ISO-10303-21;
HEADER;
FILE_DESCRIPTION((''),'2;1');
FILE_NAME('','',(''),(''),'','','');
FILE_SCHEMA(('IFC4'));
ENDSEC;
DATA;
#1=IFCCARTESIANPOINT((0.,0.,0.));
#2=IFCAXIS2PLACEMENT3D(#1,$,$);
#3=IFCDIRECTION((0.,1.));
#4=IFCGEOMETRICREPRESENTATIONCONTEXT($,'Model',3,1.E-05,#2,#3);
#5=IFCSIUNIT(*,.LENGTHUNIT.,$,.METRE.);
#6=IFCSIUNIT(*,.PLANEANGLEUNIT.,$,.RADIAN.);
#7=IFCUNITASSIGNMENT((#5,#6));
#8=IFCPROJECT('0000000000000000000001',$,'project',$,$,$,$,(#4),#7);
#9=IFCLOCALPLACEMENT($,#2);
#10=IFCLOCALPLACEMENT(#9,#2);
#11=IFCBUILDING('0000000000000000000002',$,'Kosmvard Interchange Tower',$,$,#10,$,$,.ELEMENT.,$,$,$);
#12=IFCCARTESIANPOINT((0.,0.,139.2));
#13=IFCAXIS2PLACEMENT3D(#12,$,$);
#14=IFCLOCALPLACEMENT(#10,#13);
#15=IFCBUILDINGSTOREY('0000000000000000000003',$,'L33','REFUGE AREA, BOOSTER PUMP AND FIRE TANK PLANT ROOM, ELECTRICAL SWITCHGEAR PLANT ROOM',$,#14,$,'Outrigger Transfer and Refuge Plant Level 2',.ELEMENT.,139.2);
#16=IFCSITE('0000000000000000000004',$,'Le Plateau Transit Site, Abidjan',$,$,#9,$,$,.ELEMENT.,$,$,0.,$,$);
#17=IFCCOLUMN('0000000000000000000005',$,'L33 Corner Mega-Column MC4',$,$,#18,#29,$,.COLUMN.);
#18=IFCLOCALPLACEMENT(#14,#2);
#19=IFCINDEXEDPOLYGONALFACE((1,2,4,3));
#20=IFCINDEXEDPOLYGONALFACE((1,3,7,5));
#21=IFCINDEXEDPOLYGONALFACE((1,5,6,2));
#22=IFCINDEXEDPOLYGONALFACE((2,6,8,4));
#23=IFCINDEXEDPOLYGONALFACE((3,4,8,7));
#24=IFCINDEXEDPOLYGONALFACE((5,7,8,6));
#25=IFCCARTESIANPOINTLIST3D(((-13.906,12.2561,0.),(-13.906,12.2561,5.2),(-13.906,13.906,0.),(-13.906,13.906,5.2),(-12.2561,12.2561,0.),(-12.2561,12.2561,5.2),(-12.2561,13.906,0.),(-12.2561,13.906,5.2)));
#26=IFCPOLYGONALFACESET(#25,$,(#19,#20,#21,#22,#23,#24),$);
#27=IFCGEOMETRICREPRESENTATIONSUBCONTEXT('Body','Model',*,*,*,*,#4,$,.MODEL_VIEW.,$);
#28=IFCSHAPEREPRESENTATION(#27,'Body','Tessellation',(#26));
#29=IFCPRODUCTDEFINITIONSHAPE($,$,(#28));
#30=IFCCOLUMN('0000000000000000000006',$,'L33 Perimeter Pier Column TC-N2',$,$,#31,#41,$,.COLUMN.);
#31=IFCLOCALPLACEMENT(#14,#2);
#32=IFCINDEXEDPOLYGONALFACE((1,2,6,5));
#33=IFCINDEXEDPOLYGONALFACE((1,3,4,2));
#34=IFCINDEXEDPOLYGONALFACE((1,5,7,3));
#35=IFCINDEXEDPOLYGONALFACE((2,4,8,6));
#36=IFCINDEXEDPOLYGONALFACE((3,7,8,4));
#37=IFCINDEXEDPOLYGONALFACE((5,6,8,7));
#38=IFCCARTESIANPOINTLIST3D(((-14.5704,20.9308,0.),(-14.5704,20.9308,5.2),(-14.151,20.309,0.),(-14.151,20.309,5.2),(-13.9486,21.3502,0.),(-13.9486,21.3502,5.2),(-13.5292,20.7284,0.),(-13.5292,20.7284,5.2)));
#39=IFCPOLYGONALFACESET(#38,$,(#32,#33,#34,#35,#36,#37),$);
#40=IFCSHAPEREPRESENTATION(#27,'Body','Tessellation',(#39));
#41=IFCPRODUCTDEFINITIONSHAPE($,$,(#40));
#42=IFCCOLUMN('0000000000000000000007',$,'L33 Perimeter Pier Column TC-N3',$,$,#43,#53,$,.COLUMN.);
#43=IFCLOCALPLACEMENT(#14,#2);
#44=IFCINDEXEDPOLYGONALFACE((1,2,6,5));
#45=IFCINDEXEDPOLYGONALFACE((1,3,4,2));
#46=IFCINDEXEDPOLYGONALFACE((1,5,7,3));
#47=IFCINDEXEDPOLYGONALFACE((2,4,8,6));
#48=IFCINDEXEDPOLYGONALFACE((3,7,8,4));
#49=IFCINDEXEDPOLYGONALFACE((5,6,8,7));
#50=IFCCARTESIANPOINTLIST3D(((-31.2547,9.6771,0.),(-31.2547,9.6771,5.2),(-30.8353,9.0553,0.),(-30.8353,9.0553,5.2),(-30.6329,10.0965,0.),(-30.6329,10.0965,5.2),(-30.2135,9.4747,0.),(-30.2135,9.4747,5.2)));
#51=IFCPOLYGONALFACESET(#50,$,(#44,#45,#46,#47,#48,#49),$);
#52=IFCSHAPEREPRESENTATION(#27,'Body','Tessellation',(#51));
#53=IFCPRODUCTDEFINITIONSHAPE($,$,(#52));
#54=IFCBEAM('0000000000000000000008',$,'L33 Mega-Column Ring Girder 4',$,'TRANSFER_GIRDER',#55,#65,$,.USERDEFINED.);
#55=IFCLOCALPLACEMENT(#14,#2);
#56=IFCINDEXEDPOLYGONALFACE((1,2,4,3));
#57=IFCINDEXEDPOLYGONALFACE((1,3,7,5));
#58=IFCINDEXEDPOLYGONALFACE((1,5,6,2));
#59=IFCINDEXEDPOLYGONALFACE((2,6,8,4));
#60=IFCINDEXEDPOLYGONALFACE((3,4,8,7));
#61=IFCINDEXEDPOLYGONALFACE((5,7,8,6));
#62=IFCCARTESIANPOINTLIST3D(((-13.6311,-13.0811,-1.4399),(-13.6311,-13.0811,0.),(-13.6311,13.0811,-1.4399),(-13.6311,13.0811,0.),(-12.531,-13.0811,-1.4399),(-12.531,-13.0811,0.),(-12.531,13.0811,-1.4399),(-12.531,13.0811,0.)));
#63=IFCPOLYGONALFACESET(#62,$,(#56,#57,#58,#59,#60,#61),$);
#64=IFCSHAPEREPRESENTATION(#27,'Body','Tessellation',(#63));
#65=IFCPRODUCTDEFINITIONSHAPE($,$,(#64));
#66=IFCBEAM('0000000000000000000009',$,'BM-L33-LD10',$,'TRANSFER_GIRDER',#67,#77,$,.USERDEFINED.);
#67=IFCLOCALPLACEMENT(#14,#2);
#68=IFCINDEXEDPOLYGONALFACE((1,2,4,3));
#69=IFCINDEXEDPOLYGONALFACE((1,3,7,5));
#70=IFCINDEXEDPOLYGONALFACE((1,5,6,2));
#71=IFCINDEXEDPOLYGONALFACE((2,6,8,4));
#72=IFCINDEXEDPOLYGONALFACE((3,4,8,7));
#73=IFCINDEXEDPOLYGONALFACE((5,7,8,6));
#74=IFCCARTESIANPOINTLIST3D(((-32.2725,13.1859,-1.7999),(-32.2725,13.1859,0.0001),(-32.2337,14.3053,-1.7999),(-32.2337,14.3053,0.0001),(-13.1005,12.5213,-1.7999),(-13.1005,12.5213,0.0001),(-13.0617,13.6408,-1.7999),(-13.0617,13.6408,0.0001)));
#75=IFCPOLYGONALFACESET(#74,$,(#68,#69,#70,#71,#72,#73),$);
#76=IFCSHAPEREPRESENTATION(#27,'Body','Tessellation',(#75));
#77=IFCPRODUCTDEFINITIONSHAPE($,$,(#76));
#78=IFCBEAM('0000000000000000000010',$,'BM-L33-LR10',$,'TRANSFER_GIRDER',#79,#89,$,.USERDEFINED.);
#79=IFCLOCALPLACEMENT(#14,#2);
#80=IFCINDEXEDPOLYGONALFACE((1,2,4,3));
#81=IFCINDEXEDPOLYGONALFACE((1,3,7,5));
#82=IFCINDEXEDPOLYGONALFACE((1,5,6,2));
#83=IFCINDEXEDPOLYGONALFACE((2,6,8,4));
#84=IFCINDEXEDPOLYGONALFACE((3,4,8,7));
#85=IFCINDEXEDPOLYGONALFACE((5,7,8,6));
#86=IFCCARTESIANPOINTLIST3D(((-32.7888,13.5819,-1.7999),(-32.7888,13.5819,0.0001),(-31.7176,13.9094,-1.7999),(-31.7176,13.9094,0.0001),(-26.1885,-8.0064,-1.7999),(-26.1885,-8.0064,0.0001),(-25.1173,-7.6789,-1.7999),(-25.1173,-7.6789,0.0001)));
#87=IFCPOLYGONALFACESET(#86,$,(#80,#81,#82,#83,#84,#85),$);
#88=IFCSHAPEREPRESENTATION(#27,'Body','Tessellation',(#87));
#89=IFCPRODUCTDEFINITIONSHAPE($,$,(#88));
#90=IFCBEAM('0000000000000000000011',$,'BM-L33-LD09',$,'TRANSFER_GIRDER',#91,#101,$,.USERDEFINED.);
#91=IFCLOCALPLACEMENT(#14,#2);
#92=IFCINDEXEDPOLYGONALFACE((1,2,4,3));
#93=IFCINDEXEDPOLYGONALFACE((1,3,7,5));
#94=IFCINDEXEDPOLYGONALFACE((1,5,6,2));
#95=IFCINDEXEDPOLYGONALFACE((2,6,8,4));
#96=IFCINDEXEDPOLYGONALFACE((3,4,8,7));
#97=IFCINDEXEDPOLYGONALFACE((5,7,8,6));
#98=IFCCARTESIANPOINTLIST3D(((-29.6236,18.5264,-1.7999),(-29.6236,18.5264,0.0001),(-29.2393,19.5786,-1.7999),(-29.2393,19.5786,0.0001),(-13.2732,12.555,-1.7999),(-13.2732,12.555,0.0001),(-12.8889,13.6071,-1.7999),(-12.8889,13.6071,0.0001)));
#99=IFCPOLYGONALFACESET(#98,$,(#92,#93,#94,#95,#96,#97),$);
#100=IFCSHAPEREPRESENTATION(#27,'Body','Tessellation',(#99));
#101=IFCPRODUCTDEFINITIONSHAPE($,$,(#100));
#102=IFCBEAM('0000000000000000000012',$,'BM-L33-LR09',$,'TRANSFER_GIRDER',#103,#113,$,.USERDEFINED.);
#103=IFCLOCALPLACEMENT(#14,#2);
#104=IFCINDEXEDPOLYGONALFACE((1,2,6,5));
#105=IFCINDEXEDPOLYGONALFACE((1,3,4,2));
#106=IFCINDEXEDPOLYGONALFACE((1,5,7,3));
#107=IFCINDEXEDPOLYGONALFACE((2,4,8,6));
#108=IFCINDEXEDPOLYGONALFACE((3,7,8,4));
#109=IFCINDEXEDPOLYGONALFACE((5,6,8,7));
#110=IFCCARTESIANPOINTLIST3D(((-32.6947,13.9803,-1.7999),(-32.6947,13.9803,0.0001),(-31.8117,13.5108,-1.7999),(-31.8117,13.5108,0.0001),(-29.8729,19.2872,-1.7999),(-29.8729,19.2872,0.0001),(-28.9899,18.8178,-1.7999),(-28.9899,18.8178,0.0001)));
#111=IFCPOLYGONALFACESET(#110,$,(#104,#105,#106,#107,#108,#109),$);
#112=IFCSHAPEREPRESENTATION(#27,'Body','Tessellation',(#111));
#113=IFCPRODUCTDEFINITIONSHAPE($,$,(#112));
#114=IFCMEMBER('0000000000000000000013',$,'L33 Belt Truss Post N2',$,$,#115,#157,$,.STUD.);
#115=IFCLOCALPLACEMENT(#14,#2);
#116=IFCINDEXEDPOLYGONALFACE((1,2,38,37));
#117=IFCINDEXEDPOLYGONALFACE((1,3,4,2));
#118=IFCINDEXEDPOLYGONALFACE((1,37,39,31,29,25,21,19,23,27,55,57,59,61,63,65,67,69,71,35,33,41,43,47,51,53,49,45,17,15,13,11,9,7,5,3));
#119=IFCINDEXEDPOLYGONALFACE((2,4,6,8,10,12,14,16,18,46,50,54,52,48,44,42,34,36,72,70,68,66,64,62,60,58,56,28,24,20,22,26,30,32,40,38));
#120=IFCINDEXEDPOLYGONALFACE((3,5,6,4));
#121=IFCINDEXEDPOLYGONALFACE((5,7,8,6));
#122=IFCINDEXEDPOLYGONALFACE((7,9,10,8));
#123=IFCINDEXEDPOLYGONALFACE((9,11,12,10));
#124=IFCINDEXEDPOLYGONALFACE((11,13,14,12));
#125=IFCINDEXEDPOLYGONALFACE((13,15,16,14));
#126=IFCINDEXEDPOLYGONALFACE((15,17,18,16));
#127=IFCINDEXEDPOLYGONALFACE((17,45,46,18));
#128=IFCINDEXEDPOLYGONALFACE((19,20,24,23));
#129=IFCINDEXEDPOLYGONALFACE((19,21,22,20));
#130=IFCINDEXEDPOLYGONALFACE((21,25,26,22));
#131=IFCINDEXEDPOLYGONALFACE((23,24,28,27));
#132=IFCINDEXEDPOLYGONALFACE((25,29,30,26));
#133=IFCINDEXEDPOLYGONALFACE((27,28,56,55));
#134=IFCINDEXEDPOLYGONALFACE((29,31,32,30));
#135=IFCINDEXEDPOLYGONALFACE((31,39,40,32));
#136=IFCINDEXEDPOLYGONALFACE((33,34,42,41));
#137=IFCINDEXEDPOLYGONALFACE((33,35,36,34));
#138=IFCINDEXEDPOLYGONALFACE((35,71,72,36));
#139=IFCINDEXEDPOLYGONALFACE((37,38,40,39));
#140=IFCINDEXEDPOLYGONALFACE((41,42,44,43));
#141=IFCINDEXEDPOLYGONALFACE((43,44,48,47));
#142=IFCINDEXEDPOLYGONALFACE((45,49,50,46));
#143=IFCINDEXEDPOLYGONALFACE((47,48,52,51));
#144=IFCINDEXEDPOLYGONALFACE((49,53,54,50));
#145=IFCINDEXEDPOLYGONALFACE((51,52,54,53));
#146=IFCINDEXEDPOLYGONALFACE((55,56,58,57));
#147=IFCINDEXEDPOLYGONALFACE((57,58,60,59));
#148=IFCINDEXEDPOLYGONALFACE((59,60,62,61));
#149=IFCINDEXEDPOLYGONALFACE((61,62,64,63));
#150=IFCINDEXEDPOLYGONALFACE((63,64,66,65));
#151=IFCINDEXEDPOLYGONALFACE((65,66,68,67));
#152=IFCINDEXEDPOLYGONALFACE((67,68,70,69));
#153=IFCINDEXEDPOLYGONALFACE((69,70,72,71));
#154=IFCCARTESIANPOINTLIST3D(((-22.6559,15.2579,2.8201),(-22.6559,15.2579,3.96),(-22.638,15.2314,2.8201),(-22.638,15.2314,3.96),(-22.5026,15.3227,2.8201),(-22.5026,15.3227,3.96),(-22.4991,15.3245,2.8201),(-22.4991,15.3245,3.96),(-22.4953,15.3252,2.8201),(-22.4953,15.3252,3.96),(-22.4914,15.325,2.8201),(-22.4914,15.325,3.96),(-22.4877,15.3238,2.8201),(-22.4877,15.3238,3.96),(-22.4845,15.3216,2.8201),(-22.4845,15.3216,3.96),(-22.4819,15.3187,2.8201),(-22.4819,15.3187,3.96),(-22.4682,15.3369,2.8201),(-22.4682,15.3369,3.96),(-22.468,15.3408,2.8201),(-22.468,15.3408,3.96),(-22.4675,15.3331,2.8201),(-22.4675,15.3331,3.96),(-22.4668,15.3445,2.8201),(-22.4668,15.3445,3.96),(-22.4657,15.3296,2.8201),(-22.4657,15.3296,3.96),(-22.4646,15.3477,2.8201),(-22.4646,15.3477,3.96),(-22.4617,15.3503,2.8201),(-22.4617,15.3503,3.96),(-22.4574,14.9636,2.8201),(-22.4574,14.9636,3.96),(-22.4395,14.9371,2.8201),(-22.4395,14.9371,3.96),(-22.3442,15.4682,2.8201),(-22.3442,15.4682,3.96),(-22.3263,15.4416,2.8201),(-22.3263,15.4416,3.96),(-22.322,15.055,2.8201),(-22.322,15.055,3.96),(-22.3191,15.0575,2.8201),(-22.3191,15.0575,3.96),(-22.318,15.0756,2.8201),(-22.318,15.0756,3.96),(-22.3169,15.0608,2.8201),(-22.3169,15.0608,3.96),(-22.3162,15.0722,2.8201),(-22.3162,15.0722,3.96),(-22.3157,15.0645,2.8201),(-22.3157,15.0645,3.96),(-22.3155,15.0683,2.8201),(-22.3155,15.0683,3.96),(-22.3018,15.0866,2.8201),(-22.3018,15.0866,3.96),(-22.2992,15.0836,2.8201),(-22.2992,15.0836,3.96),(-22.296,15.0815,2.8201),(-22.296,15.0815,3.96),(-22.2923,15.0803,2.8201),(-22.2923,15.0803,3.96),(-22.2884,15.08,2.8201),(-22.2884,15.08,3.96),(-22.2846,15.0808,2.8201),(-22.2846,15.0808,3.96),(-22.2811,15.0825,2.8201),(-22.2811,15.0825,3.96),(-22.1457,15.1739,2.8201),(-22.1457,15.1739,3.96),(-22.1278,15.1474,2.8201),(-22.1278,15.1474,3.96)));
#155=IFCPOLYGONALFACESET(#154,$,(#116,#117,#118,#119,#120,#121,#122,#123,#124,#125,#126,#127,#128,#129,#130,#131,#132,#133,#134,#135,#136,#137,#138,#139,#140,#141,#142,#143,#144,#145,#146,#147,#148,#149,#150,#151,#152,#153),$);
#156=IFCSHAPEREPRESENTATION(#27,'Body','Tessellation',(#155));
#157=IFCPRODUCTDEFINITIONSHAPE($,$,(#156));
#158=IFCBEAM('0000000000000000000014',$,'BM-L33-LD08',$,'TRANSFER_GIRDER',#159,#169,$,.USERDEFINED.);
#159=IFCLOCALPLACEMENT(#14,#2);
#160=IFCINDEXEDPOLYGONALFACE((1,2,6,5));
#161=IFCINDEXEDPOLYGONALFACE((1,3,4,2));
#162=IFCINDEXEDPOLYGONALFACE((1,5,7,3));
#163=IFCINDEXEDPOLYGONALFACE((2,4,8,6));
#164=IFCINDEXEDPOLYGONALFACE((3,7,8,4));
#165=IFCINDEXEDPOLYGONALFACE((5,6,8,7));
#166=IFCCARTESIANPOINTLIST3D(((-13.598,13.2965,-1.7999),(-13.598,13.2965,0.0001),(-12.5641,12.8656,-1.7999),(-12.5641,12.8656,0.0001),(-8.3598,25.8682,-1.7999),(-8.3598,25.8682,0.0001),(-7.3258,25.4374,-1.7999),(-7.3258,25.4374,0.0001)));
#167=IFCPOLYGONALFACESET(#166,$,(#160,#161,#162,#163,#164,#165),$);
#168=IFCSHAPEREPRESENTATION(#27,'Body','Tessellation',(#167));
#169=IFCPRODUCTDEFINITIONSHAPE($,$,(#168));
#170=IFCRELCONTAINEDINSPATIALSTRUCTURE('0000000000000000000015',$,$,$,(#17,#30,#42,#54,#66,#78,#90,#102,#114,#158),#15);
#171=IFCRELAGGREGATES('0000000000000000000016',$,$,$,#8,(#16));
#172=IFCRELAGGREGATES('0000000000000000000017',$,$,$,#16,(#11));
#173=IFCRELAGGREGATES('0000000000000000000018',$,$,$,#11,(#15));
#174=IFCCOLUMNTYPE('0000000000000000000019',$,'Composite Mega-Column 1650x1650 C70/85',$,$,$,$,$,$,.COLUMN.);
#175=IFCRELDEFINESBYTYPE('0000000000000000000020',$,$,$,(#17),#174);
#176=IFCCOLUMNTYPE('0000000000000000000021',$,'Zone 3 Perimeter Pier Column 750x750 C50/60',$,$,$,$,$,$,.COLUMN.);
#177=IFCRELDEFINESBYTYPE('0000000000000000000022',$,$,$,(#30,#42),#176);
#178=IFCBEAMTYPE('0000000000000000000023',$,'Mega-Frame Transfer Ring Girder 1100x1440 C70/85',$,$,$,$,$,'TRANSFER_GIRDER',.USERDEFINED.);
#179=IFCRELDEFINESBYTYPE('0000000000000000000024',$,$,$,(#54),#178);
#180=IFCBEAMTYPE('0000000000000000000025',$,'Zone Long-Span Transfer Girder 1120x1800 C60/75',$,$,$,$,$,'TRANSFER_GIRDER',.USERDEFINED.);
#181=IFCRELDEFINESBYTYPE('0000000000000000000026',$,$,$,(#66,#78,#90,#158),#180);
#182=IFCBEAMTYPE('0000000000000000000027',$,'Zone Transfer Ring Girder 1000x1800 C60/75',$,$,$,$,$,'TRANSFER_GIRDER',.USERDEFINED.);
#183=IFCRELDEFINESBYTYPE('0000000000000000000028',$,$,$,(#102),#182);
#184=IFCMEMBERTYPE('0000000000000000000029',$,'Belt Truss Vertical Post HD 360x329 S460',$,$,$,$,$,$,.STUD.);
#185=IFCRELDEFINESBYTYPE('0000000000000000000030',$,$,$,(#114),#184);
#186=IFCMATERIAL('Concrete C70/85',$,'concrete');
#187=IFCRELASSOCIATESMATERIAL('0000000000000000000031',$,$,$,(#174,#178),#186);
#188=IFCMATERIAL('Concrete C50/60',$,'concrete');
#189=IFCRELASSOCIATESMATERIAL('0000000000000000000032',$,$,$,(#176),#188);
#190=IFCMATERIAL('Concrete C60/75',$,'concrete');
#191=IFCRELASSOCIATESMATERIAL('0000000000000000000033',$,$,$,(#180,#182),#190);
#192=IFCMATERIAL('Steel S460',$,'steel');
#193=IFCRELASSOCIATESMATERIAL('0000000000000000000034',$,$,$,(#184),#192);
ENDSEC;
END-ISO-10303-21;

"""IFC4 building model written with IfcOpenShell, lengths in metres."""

from ifc_helpers import new_model, si_unit, direction, frame, origin, origin_2d, place, context, subcontext, project, spatial, rectangle, i_section, extrude, source, transform, mapped, material, material_profile, profile_set, type_object, element, save


model = new_model("IFC4")

# Units and contexts
model_context = context("Model", 3, precision=1e-05, world=origin(), true_north=direction((0.0, 1.0)))
body_context = subcontext(model_context, "Body", "Model", "MODEL_VIEW")
ifc_project = project(units=[si_unit("LENGTHUNIT", "METRE"), si_unit("PLANEANGLEUNIT", "RADIAN")], contexts=[model_context])

# Site, building, storey
site_placement = place(None, origin())
site = spatial("IfcSite", under=ifc_project, at=site_placement, Name="Le Plateau Transit Site, Abidjan", CompositionType="ELEMENT", RefElevation=0.0)
building_placement = place(site_placement, origin())
building = spatial("IfcBuilding", under=site, at=building_placement, Name="Kosmvard Interchange Tower", CompositionType="ELEMENT")
storey_placement = place(building_placement, frame((0.0, 0.0, 139.2)))
storey = spatial("IfcBuildingStorey", under=building, at=storey_placement, Name="L33", Description="REFUGE AREA, BOOSTER PUMP AND FIRE TANK PLANT ROOM, ELECTRICAL SWITCHGEAR PLANT ROOM", LongName="Outrigger Transfer and Refuge Plant Level 2", CompositionType="ELEMENT", Elevation=139.2)

# Columns
ifc_material_1 = material(Name="Concrete C70/85", Category="concrete")
ifc_material_profile_1 = material_profile(ifc_material_1, rectangle(XDim=1.6499, YDim=1.6499, at=origin_2d()), Name="MC 1650x1650")
ifc_profile_set_1 = profile_set([ifc_material_profile_1], Name="Concrete C70/85")
column_type_1 = type_object("IfcColumnType", Name="Composite Mega-Column 1650x1650 C70/85", PredefinedType="COLUMN", material=ifc_profile_set_1)
shared_shape_1 = source(origin(), body_context, "Body", "SweptSolid", [
    extrude(rectangle(XDim=1.6499, YDim=1.6499, at=origin_2d()), origin(), (0.0, 0.0, 1.0), 5.2),
])
column_placement = place(storey_placement, frame((-13.0811, 13.0811, 0.0), z_axis=(0.0, 0.0, 1.0), x_axis=(1.0, 0.0, 0.0)))
element("IfcColumn", 1, at=column_placement, inside=storey, type_object=column_type_1, Name="L33 Corner Mega-Column MC4", PredefinedType="COLUMN", context=body_context, shape_type="MappedRepresentation", body=[
    mapped(shared_shape_1, transform((0.0, 0.0, 0.0), scale=1.0)),
])
ifc_material_2 = material(Name="Concrete C50/60", Category="concrete")
ifc_material_profile_2 = material_profile(ifc_material_2, rectangle(XDim=0.75, YDim=0.75, at=origin_2d()), Name="TC 750x750")
ifc_profile_set_2 = profile_set([ifc_material_profile_2], Name="Concrete C50/60")
column_type_2 = type_object("IfcColumnType", Name="Zone 3 Perimeter Pier Column 750x750 C50/60", PredefinedType="COLUMN", material=ifc_profile_set_2)
shared_shape_2 = source(origin(), body_context, "Body", "SweptSolid", [
    extrude(rectangle(XDim=0.75, YDim=0.75, at=origin_2d()), origin(), (0.0, 0.0, 1.0), 5.2),
])
for number, where, z_axis, x_axis, name in (
    (2, (-14.0498, 20.8296, 0.0), (0.0, 0.0, 1.0), (0.829038, 0.559193, 0.0), "L33 Perimeter Pier Column TC-N2"),
    (3, (-30.7341, 9.5759, 0.0), (0.0, 0.0, 1.0), (0.829038, 0.559193, 0.0), "L33 Perimeter Pier Column TC-N3"),
):
    element("IfcColumn", number, at=place(storey_placement, frame(where, z_axis=z_axis, x_axis=x_axis)), inside=storey, type_object=column_type_2, Name=name, PredefinedType="COLUMN", context=body_context, shape_type="MappedRepresentation", body=[
        mapped(shared_shape_2, transform((0.0, 0.0, 0.0), scale=1.0)),
    ])

# Beams
ifc_material_profile_3 = material_profile(ifc_material_1, rectangle(XDim=1.1001, YDim=1.4399, at=origin_2d()), Name="TG 1100x1440")
ifc_profile_set_3 = profile_set([ifc_material_profile_3], Name="Concrete C70/85")
beam_type_1 = type_object("IfcBeamType", Name="Mega-Frame Transfer Ring Girder 1100x1440 C70/85", ElementType="TRANSFER_GIRDER", PredefinedType="USERDEFINED", material=ifc_profile_set_3)
shared_shape_3 = source(origin(), body_context, "Body", "SweptSolid", [
    extrude(rectangle(XDim=1.1001, YDim=1.4399, at=origin_2d()), origin(), (0.0, 0.0, 1.0), 26.1621),
])
beam_1_placement = place(storey_placement, frame((-13.0811, 13.0811, -0.72), z_axis=(0.0, -1.0, 0.0), x_axis=(1.0, 0.0, 0.0)))
element("IfcBeam", 4, at=beam_1_placement, inside=storey, type_object=beam_type_1, Name="L33 Mega-Column Ring Girder 4", ObjectType="TRANSFER_GIRDER", PredefinedType="USERDEFINED", context=body_context, shape_type="MappedRepresentation", body=[
    mapped(shared_shape_3, transform((0.0, 0.0, 0.0), scale=1.0)),
])
ifc_material_3 = material(Name="Concrete C60/75", Category="concrete")
ifc_material_profile_4 = material_profile(ifc_material_3, rectangle(XDim=1.1201, YDim=1.8, at=origin_2d()), Name="TG 1120x1800")
ifc_profile_set_4 = profile_set([ifc_material_profile_4], Name="Concrete C60/75")
beam_type_2 = type_object("IfcBeamType", Name="Zone Long-Span Transfer Girder 1120x1800 C60/75", ElementType="TRANSFER_GIRDER", PredefinedType="USERDEFINED", material=ifc_profile_set_4)
shared_shape_4 = source(origin(), body_context, "Body", "SweptSolid", [
    extrude(rectangle(XDim=1.1201, YDim=1.8, at=origin_2d()), origin(), (0.0, 0.0, 1.0), 19.1836),
])
beam_2_placement = place(storey_placement, frame((-13.0811, 13.0811, -0.8999), z_axis=(-0.9994, 0.034642, 0.0), x_axis=(-0.034642, -0.9994, 0.0)))
element("IfcBeam", 5, at=beam_2_placement, inside=storey, type_object=beam_type_2, Name="BM-L33-LD10", ObjectType="TRANSFER_GIRDER", PredefinedType="USERDEFINED", context=body_context, shape_type="MappedRepresentation", body=[
    mapped(shared_shape_4, transform((0.0, 0.0, 0.0), scale=1.0)),
])
shared_shape_5 = source(origin(), body_context, "Body", "SweptSolid", [
    extrude(rectangle(XDim=1.1201, YDim=1.8, at=origin_2d()), origin(), (0.0, 0.0, 1.0), 22.5747),
])
beam_3_placement = place(storey_placement, frame((-32.2532, 13.7456, -0.8999), z_axis=(0.292376, -0.956303, 0.0), x_axis=(0.956303, 0.292376, 0.0)))
element("IfcBeam", 6, at=beam_3_placement, inside=storey, type_object=beam_type_2, Name="BM-L33-LR10", ObjectType="TRANSFER_GIRDER", PredefinedType="USERDEFINED", context=body_context, shape_type="MappedRepresentation", body=[
    mapped(shared_shape_5, transform((0.0, 0.0, 0.0), scale=1.0)),
])
shared_shape_6 = source(origin(), body_context, "Body", "SweptSolid", [
    extrude(rectangle(XDim=1.1201, YDim=1.8, at=origin_2d()), origin(), (0.0, 0.0, 1.0), 17.4067),
])
beam_4_placement = place(storey_placement, frame((-13.0811, 13.0811, -0.8999), z_axis=(-0.939315, 0.343055, 0.0), x_axis=(-0.343055, -0.939315, 0.0)))
element("IfcBeam", 7, at=beam_4_placement, inside=storey, type_object=beam_type_2, Name="BM-L33-LD09", ObjectType="TRANSFER_GIRDER", PredefinedType="USERDEFINED", context=body_context, shape_type="MappedRepresentation", body=[
    mapped(shared_shape_6, transform((0.0, 0.0, 0.0), scale=1.0)),
])
ifc_material_profile_5 = material_profile(ifc_material_3, rectangle(XDim=1.0, YDim=1.8, at=origin_2d()), Name="TG 1000x1800")
ifc_profile_set_5 = profile_set([ifc_material_profile_5], Name="Concrete C60/75")
beam_type_3 = type_object("IfcBeamType", Name="Zone Transfer Ring Girder 1000x1800 C60/75", ElementType="TRANSFER_GIRDER", PredefinedType="USERDEFINED", material=ifc_profile_set_5)
shared_shape_7 = source(origin(), body_context, "Body", "SweptSolid", [
    extrude(rectangle(XDim=1.0, YDim=1.8, at=origin_2d()), origin(), (0.0, 0.0, 1.0), 6.0105),
])
beam_5_placement = place(storey_placement, frame((-29.4314, 19.0525, -0.8999), z_axis=(-0.469479, -0.882944, 0.0), x_axis=(0.882944, -0.469479, 0.0)))
element("IfcBeam", 8, at=beam_5_placement, inside=storey, type_object=beam_type_3, Name="BM-L33-LR09", ObjectType="TRANSFER_GIRDER", PredefinedType="USERDEFINED", context=body_context, shape_type="MappedRepresentation", body=[
    mapped(shared_shape_7, transform((0.0, 0.0, 0.0), scale=1.0)),
])

# Member
ifc_material_4 = material(Name="Steel S460", Category="steel")
ifc_material_profile_6 = material_profile(ifc_material_4, i_section(OverallWidth=0.376, OverallDepth=0.387, WebThickness=0.0195, FlangeThickness=0.032, FilletRadius=0.0149, at=origin_2d()), Name="HD 360x329")
ifc_profile_set_6 = profile_set([ifc_material_profile_6], Name="Steel S460")
member_type_1 = type_object("IfcMemberType", Name="Belt Truss Vertical Post HD 360x329 S460", PredefinedType="STUD", material=ifc_profile_set_6)
shared_shape_8 = source(origin(), body_context, "Body", "SweptSolid", [
    extrude(i_section(OverallWidth=0.376, OverallDepth=0.387, WebThickness=0.0195, FlangeThickness=0.032, FilletRadius=0.0149, at=origin_2d()), origin(), (0.0, 0.0, 1.0), 1.1399),
])
member_1_placement = place(storey_placement, frame((-22.3918, 15.2026, 2.8201), z_axis=(0.0, 0.0, 1.0), x_axis=(0.829038, 0.559193, 0.0)))
element("IfcMember", 9, at=member_1_placement, inside=storey, type_object=member_type_1, Name="L33 Belt Truss Post N2", PredefinedType="STUD", context=body_context, shape_type="MappedRepresentation", body=[
    mapped(shared_shape_8, transform((0.0, 0.0, 0.0), scale=1.0)),
])

# Beam
shared_shape_9 = source(origin(), body_context, "Body", "SweptSolid", [
    extrude(rectangle(XDim=1.1201, YDim=1.8, at=origin_2d()), origin(), (0.0, 0.0, 1.0), 13.6194),
])
beam_6_placement = place(storey_placement, frame((-13.0811, 13.0811, -0.8999), z_axis=(0.384618, 0.923076, 0.0), x_axis=(-0.923076, 0.384618, 0.0)))
element("IfcBeam", 10, at=beam_6_placement, inside=storey, type_object=beam_type_2, Name="BM-L33-LD08", ObjectType="TRANSFER_GIRDER", PredefinedType="USERDEFINED", context=body_context, shape_type="MappedRepresentation", body=[
    mapped(shared_shape_9, transform((0.0, 0.0, 0.0), scale=1.0)),
])

save(model, "model.ifc")
